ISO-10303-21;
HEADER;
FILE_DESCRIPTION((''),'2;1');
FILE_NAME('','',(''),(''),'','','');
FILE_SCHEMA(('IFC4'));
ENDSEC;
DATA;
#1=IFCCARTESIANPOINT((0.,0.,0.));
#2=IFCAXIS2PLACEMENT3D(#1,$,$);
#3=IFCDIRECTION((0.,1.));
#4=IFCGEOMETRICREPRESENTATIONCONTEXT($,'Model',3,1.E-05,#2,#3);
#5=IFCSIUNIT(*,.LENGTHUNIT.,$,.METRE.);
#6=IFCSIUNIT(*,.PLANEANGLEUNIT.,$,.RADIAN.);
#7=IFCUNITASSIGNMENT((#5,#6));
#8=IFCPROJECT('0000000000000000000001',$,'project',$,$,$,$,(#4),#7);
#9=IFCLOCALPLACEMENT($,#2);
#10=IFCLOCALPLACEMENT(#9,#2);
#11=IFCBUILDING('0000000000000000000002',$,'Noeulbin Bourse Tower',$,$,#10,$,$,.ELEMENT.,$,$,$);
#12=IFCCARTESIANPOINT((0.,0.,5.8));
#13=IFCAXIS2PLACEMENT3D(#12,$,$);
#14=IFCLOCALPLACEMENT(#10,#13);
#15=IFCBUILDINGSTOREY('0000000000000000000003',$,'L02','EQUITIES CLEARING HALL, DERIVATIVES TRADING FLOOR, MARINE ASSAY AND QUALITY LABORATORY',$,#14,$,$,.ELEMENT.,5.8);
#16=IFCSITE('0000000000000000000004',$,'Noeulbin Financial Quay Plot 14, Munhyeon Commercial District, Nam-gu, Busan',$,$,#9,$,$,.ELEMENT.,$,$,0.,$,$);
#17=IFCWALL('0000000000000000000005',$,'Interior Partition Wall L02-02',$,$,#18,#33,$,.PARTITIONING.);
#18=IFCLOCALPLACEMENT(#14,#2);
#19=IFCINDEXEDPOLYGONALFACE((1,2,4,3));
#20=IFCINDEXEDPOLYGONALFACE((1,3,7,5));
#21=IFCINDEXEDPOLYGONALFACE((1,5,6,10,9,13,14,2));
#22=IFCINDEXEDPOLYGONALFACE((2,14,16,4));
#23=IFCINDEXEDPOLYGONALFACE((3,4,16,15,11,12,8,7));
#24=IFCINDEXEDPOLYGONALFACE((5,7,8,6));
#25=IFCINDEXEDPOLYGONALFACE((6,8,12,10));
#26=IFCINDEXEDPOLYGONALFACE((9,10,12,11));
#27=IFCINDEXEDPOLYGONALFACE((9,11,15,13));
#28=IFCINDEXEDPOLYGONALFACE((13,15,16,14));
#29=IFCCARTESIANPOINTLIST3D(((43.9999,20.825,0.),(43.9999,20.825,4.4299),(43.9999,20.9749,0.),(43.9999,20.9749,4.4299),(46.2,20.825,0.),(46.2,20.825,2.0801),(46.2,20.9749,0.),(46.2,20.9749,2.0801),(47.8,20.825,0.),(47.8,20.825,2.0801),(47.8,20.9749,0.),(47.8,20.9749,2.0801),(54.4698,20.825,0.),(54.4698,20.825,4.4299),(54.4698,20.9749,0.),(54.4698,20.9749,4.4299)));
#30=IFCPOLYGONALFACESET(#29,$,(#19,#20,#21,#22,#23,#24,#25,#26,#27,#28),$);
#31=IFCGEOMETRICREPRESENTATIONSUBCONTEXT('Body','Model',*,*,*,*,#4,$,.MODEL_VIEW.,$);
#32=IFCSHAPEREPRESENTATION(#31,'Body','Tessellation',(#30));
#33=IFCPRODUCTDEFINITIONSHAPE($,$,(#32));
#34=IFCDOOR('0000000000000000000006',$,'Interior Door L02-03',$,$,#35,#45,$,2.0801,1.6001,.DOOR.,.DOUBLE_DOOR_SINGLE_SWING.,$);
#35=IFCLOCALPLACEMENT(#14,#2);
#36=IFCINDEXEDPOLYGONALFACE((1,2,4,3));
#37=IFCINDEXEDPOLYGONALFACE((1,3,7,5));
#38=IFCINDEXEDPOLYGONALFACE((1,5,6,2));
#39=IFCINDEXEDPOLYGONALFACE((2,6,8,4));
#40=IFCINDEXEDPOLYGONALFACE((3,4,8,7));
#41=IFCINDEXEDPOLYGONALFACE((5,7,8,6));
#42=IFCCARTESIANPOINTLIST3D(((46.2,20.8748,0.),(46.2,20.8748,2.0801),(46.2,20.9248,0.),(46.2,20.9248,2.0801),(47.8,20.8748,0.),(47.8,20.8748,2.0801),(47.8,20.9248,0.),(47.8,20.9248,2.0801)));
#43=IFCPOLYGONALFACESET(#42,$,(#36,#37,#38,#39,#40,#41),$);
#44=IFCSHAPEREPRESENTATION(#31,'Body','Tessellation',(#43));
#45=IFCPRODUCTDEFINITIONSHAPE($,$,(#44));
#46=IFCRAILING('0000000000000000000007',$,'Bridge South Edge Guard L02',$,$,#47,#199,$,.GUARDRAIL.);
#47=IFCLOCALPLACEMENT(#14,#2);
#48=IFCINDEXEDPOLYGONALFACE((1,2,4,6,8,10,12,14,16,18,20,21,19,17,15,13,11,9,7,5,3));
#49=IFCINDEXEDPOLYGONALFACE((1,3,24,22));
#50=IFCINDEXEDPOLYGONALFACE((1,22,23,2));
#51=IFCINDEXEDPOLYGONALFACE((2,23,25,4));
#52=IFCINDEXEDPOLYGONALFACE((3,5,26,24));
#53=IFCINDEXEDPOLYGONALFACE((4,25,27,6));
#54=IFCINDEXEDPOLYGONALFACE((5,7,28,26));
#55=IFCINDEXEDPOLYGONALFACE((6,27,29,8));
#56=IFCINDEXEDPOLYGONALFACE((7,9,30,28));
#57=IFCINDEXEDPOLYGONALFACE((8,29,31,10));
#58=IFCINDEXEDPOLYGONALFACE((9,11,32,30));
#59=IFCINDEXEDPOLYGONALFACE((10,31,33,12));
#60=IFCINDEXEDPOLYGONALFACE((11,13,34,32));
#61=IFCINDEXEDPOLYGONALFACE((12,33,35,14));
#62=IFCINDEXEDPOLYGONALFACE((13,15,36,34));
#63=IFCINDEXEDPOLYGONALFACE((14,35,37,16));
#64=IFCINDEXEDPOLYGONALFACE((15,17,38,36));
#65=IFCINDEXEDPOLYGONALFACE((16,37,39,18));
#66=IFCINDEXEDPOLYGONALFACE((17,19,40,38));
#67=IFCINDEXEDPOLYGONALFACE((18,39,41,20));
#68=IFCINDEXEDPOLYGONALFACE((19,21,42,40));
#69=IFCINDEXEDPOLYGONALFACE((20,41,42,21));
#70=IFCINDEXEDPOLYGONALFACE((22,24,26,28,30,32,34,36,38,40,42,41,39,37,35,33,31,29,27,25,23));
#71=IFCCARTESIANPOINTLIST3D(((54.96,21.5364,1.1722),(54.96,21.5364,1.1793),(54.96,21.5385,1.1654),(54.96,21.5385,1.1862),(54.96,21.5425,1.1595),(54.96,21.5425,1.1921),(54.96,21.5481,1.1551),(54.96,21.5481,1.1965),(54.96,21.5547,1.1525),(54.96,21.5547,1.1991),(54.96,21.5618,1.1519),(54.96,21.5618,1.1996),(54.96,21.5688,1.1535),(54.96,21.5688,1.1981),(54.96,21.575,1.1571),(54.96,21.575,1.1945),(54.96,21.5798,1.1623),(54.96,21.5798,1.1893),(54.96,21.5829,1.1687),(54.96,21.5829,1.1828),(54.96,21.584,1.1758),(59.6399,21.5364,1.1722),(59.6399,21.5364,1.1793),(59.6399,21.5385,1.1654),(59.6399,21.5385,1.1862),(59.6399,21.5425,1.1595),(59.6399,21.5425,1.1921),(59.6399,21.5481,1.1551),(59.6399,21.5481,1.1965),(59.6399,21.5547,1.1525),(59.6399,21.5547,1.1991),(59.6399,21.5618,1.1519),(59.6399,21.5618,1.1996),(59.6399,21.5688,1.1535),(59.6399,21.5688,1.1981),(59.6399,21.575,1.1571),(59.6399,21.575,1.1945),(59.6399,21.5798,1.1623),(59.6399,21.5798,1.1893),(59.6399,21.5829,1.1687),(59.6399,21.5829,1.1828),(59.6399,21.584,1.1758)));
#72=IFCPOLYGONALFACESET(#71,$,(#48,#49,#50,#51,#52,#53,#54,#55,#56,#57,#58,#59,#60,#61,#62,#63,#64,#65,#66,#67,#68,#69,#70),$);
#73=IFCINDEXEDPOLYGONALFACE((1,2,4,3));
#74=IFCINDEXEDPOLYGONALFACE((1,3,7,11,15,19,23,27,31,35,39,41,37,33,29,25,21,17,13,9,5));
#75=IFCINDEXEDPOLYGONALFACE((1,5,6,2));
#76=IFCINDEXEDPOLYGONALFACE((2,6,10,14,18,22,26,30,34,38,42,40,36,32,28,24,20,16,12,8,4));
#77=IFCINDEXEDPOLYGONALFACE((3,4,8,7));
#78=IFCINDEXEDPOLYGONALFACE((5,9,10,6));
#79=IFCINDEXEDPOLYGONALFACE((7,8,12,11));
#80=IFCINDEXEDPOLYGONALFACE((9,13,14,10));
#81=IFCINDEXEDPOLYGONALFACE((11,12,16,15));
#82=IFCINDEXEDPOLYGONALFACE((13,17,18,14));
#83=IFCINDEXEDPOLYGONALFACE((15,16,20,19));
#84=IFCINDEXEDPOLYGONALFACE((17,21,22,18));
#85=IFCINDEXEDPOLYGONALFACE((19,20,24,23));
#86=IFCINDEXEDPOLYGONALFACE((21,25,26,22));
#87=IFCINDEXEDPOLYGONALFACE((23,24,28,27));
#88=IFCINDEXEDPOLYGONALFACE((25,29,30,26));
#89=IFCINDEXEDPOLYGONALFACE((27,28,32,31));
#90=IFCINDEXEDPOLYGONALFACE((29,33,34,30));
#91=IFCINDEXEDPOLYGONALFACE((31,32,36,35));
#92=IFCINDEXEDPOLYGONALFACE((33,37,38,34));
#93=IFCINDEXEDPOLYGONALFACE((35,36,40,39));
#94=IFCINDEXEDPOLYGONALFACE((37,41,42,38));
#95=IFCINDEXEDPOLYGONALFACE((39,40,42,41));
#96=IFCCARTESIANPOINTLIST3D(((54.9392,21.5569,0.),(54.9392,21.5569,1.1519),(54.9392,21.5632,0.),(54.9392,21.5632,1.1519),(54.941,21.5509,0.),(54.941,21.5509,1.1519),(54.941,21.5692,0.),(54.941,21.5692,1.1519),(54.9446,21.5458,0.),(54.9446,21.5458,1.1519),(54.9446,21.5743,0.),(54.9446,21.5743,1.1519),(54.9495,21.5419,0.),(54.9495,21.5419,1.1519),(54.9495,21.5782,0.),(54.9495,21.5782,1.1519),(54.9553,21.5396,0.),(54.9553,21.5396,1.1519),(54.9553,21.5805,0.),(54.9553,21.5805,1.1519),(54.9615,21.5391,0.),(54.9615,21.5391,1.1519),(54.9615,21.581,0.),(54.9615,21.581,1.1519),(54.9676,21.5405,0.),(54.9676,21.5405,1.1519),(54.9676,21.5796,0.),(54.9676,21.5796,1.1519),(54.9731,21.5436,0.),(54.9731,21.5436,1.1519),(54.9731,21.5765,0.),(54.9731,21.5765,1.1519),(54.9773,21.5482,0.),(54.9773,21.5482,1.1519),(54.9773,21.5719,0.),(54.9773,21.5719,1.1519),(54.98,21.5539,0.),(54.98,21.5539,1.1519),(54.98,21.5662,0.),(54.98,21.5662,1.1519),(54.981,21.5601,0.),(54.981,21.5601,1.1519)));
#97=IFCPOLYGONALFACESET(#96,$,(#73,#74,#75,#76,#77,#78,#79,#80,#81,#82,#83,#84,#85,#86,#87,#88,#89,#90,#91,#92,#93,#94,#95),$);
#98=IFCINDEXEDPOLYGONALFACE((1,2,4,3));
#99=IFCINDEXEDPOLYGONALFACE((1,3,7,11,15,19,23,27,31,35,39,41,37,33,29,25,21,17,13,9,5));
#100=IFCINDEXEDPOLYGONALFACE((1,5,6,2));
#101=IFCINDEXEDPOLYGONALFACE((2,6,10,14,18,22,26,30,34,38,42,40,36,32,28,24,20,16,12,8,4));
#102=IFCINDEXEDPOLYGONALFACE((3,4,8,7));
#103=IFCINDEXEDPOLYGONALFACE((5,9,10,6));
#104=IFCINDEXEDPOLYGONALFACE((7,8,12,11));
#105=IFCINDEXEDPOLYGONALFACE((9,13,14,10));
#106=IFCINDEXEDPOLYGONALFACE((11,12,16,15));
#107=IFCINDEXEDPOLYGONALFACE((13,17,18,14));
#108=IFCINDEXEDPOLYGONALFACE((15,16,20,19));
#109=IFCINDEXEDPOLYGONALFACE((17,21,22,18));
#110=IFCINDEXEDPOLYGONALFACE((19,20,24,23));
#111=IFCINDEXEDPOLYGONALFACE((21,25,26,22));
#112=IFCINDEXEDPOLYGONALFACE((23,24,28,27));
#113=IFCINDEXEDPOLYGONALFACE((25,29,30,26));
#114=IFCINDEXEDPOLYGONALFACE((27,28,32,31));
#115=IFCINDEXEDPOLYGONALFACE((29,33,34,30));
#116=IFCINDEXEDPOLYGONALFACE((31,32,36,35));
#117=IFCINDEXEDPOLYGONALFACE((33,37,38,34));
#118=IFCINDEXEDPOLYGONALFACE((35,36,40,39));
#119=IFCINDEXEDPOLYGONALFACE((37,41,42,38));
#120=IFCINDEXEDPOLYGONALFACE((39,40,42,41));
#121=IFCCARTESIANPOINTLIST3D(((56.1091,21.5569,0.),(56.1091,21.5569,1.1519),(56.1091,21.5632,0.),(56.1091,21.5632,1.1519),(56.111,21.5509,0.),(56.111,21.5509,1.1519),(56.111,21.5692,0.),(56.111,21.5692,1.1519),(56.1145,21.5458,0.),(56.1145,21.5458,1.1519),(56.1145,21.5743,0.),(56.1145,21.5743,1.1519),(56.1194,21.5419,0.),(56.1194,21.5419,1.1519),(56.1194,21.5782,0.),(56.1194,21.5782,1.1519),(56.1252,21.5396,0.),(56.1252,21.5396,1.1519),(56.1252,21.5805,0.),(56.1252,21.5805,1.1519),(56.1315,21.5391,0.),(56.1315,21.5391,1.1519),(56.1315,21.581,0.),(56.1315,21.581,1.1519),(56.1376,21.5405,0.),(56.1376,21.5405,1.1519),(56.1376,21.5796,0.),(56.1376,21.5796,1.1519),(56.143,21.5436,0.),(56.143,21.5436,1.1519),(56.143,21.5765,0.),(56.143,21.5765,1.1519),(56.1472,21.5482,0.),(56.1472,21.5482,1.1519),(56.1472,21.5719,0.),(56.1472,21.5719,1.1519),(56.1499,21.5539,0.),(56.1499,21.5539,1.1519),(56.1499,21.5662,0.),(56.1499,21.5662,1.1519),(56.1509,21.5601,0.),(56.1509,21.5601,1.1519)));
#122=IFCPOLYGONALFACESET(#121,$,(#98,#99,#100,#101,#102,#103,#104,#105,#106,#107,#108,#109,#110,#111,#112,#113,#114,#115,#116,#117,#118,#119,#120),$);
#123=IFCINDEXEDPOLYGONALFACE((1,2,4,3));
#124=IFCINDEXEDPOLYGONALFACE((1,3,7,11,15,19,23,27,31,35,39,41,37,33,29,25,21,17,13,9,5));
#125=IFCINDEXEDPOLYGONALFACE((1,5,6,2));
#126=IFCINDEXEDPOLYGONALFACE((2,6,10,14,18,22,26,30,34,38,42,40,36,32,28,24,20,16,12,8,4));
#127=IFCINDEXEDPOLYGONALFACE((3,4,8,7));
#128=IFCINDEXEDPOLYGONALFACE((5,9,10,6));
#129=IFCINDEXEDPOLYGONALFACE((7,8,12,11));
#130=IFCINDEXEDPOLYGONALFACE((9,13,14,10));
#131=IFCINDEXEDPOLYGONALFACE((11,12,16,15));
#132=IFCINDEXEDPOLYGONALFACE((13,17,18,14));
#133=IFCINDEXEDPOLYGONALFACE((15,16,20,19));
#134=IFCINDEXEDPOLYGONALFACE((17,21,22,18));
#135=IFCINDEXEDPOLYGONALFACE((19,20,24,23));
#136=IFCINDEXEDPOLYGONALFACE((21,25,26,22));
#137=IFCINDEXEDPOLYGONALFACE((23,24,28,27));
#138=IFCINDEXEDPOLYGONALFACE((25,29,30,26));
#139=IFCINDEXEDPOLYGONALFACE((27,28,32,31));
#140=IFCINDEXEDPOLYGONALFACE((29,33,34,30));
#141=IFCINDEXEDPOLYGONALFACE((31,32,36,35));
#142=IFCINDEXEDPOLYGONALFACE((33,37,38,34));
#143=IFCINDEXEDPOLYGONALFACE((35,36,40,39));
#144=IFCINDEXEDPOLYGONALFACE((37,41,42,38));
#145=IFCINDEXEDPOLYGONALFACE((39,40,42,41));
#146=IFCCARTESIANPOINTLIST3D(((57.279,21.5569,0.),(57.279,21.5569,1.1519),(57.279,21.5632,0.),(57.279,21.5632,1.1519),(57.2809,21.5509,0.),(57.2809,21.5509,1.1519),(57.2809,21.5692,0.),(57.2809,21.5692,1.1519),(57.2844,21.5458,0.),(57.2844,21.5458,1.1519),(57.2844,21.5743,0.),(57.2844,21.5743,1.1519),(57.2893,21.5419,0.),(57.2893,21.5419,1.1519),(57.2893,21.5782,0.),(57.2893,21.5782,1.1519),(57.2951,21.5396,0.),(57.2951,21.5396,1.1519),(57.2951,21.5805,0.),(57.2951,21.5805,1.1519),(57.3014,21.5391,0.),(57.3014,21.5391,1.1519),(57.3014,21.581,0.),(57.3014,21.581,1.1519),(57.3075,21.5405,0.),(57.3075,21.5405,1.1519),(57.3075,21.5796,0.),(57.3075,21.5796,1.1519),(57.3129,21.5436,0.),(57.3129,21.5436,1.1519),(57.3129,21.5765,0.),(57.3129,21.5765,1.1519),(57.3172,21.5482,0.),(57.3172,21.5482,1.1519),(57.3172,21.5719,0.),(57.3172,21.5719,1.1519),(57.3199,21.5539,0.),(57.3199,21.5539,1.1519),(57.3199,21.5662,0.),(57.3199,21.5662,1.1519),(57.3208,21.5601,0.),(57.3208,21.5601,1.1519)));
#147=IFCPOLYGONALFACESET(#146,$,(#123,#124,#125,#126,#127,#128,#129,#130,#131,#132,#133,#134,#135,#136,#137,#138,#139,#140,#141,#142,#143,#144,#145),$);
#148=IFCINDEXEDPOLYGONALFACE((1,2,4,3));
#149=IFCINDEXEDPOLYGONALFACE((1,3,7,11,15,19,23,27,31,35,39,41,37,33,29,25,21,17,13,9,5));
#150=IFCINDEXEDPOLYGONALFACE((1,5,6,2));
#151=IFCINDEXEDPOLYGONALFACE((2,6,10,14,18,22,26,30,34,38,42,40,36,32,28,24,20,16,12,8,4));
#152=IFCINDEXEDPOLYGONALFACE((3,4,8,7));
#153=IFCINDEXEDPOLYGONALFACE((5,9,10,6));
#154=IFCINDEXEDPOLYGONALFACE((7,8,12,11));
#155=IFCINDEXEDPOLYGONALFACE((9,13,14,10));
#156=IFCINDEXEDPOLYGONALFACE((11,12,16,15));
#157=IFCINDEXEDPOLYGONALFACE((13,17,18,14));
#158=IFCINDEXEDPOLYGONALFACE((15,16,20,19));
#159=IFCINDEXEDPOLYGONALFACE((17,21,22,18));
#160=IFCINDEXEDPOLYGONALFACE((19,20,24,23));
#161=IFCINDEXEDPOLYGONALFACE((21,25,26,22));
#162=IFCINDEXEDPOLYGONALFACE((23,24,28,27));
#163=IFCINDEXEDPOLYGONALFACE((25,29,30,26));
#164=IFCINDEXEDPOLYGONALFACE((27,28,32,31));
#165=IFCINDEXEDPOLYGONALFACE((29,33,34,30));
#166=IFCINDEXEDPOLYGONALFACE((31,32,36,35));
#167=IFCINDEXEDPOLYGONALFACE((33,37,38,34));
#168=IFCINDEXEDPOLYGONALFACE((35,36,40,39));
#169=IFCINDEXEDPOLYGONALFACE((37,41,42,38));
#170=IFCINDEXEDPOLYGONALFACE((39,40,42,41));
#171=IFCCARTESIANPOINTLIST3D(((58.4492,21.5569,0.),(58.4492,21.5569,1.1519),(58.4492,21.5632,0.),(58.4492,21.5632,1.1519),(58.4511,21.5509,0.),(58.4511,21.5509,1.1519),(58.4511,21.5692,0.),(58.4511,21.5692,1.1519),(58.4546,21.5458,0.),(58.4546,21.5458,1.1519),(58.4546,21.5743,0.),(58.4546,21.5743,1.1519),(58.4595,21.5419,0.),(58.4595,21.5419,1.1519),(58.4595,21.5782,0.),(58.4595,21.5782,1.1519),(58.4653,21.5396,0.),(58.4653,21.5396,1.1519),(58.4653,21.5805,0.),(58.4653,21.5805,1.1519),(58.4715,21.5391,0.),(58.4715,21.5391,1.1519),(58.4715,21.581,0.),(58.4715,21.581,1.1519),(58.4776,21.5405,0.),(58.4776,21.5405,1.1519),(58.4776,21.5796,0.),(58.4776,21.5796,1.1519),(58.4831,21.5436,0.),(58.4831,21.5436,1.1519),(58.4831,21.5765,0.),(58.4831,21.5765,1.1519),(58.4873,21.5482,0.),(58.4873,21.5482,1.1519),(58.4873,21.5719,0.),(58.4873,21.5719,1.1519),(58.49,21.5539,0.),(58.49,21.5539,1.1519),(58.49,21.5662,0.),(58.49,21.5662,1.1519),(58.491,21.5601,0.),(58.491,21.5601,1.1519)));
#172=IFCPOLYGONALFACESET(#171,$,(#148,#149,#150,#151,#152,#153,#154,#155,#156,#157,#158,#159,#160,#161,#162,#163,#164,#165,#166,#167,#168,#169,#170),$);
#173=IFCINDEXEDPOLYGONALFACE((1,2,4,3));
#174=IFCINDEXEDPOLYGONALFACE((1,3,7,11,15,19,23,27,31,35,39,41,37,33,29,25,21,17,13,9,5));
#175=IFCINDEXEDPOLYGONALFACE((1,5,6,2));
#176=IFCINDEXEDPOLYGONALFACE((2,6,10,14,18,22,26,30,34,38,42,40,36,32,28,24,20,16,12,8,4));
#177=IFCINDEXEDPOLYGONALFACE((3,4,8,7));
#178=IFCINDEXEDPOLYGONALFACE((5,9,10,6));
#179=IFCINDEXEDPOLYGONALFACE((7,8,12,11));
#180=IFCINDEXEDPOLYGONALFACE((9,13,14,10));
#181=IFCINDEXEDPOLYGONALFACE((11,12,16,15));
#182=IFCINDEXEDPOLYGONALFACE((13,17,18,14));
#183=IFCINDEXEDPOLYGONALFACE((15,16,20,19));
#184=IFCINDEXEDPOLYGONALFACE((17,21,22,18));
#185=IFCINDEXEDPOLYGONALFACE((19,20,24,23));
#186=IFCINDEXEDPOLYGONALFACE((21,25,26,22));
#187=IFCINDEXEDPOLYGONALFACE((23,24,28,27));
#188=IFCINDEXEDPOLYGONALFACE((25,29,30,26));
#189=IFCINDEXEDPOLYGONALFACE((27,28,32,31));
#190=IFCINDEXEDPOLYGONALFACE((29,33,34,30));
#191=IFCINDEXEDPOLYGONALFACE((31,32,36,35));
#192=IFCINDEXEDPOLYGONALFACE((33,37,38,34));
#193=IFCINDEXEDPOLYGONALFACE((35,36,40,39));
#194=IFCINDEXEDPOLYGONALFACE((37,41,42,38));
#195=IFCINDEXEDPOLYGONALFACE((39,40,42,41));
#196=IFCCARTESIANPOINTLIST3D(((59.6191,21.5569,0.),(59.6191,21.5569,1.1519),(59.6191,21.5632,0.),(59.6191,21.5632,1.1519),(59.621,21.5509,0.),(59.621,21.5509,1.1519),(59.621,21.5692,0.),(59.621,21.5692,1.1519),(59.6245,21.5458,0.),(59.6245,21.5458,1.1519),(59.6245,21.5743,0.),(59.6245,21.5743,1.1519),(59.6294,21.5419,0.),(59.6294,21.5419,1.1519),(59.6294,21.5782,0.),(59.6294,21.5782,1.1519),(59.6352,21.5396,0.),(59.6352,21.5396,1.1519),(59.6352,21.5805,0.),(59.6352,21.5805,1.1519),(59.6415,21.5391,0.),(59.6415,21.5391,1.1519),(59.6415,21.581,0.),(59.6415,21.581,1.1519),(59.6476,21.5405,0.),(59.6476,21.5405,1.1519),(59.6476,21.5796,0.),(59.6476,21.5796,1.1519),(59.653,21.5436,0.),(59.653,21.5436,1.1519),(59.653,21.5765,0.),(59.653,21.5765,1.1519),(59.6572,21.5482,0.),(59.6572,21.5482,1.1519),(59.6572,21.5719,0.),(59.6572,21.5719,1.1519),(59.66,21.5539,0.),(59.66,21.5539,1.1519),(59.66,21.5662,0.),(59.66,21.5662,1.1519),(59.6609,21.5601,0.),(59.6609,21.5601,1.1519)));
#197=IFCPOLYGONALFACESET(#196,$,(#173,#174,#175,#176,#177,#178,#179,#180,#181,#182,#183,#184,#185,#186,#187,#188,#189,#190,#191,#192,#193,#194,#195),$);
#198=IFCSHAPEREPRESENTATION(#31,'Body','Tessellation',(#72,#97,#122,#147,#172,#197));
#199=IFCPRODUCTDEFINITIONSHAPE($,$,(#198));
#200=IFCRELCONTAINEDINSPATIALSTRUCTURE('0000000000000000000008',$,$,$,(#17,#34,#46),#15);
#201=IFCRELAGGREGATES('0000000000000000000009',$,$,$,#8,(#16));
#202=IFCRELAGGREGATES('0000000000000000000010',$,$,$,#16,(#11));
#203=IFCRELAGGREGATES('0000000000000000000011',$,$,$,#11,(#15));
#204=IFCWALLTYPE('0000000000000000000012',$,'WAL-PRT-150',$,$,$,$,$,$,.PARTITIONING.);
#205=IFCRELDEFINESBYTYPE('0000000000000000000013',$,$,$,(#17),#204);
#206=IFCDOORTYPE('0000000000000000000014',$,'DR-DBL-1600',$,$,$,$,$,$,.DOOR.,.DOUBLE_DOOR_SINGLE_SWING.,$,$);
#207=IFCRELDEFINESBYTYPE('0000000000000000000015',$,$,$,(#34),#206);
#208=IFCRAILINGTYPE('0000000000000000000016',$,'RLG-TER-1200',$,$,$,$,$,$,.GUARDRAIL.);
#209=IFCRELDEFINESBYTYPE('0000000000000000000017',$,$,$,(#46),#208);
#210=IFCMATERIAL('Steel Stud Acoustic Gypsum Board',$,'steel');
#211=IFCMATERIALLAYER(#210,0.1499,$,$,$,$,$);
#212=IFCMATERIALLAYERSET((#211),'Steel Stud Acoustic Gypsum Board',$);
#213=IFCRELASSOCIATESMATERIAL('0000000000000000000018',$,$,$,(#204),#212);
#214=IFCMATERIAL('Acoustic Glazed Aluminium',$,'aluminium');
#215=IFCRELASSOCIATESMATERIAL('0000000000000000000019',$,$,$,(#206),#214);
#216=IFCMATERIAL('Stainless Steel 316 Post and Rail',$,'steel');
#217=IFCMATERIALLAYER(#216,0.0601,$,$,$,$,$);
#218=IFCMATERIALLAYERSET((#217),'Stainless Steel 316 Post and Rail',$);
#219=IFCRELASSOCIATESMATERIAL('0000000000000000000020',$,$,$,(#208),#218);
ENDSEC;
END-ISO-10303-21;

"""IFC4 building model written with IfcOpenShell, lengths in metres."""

from ifc_helpers import new_model, si_unit, direction, frame, frame_2d, origin, origin_2d, place, context, subcontext, project, spatial, rectangle, circle, extrude, material, layer, layer_set, type_object, element, fill, save


model = new_model("IFC4")

# Units and contexts
model_context = context("Model", 3, precision=1e-05, world=origin(), true_north=direction((0.0, 1.0)))
body_context = subcontext(model_context, "Body", "Model", "MODEL_VIEW")
ifc_project = project(units=[si_unit("LENGTHUNIT", "METRE"), si_unit("PLANEANGLEUNIT", "RADIAN")], contexts=[model_context])

# Site, building, storey
site_placement = place(None, origin())
site = spatial("IfcSite", under=ifc_project, at=site_placement, Name="Noeulbin Financial Quay Plot 14, Munhyeon Commercial District, Nam-gu, Busan", CompositionType="ELEMENT", RefElevation=0.0)
building_placement = place(site_placement, origin())
building = spatial("IfcBuilding", under=site, at=building_placement, Name="Noeulbin Bourse Tower", CompositionType="ELEMENT")
storey_placement = place(building_placement, frame((0.0, 0.0, 5.8)))
storey = spatial("IfcBuildingStorey", under=building, at=storey_placement, Name="L02", Description="EQUITIES CLEARING HALL, DERIVATIVES TRADING FLOOR, MARINE ASSAY AND QUALITY LABORATORY", CompositionType="ELEMENT", Elevation=5.8)

# Wall, opening, door
ifc_material_1 = material(Name="Steel Stud Acoustic Gypsum Board", Category="steel")
ifc_layer_1 = layer(ifc_material_1, 0.1499)
ifc_layer_set_1 = layer_set([ifc_layer_1], Name="Steel Stud Acoustic Gypsum Board")
wall_type = type_object("IfcWallType", Name="WAL-PRT-150", PredefinedType="PARTITIONING", material=ifc_layer_set_1)
wall_placement = place(storey_placement, frame((44.0, 20.8999, 0.0), z_axis=(0.0, 0.0, 1.0), x_axis=(1.0, 0.0, 0.0)))
wall = element("IfcWall", 1, at=wall_placement, inside=storey, type_object=wall_type, Name="Interior Partition Wall L02-02", PredefinedType="PARTITIONING", context=body_context, shape_type="SweptSolid", body=[
    extrude(rectangle(XDim=10.47, YDim=0.1499, at=frame_2d((5.2349, 0.0))), origin(), (0.0, 0.0, 1.0), 4.4299),
])
opening_placement = place(wall_placement, frame((2.2, 0.0, 0.0)))
opening = element("IfcOpeningElement", 2, at=opening_placement, cuts=wall, PredefinedType="OPENING", context=body_context, shape_type="SweptSolid", body=[
    extrude(rectangle(XDim=1.6001, YDim=2.0801, at=frame_2d((0.8, 1.04))), frame((0.0, 0.085, 0.0), z_axis=(0.0, -1.0, 0.0), x_axis=(1.0, 0.0, 0.0)), (0.0, 0.0, 1.0), 0.1699),
])
ifc_material_2 = material(Name="Acoustic Glazed Aluminium", Category="aluminium")
door_type = type_object("IfcDoorType", Name="DR-DBL-1600", OperationType="DOUBLE_DOOR_SINGLE_SWING", PredefinedType="DOOR", material=ifc_material_2)
door_placement = place(opening_placement, origin())
door = element("IfcDoor", 3, at=door_placement, inside=storey, type_object=door_type, Name="Interior Door L02-03", OperationType="DOUBLE_DOOR_SINGLE_SWING", OverallHeight=2.0801, OverallWidth=1.6001, PredefinedType="DOOR", context=body_context, shape_type="SweptSolid", body=[
    extrude(rectangle(XDim=1.6001, YDim=2.0801, at=frame_2d((0.8, 1.04))), frame((0.0, 0.0249, 0.0), z_axis=(0.0, -1.0, 0.0), x_axis=(1.0, 0.0, 0.0)), (0.0, 0.0, 1.0), 0.05),
])
fill(opening, door)

# Railing
ifc_material_3 = material(Name="Stainless Steel 316 Post and Rail", Category="steel")
ifc_layer_2 = layer(ifc_material_3, 0.0601)
ifc_layer_set_2 = layer_set([ifc_layer_2], Name="Stainless Steel 316 Post and Rail")
railing_type = type_object("IfcRailingType", Name="RLG-TER-1200", PredefinedType="GUARDRAIL", material=ifc_layer_set_2)
for number, where, name in (
    (4, (54.96, 21.5601, 0.0), "Bridge South Edge Guard L02"),
):
    element("IfcRailing", number, at=place(storey_placement, frame(where)), inside=storey, type_object=railing_type, Name=name, PredefinedType="GUARDRAIL", context=body_context, shape_type="SweptSolid", body=[
        extrude(circle(Radius=0.0239, at=origin_2d()), frame((0.0, 0.0, 1.1758), z_axis=(1.0, 0.0, 0.0), x_axis=(0.0, 1.0, 0.0)), (0.0, 0.0, 1.0), 4.6799),
        extrude(circle(Radius=0.021, at=origin_2d()), origin(), (0.0, 0.0, 1.0), 1.1519),
        extrude(circle(Radius=0.021, at=origin_2d()), frame((1.1699, 0.0, 0.0)), (0.0, 0.0, 1.0), 1.1519),
        extrude(circle(Radius=0.021, at=origin_2d()), frame((2.3398, 0.0, 0.0)), (0.0, 0.0, 1.0), 1.1519),
        extrude(circle(Radius=0.021, at=origin_2d()), frame((3.51, 0.0, 0.0)), (0.0, 0.0, 1.0), 1.1519),
        extrude(circle(Radius=0.021, at=origin_2d()), frame((4.6799, 0.0, 0.0)), (0.0, 0.0, 1.0), 1.1519),
    ])

save(model, "model.ifc")
